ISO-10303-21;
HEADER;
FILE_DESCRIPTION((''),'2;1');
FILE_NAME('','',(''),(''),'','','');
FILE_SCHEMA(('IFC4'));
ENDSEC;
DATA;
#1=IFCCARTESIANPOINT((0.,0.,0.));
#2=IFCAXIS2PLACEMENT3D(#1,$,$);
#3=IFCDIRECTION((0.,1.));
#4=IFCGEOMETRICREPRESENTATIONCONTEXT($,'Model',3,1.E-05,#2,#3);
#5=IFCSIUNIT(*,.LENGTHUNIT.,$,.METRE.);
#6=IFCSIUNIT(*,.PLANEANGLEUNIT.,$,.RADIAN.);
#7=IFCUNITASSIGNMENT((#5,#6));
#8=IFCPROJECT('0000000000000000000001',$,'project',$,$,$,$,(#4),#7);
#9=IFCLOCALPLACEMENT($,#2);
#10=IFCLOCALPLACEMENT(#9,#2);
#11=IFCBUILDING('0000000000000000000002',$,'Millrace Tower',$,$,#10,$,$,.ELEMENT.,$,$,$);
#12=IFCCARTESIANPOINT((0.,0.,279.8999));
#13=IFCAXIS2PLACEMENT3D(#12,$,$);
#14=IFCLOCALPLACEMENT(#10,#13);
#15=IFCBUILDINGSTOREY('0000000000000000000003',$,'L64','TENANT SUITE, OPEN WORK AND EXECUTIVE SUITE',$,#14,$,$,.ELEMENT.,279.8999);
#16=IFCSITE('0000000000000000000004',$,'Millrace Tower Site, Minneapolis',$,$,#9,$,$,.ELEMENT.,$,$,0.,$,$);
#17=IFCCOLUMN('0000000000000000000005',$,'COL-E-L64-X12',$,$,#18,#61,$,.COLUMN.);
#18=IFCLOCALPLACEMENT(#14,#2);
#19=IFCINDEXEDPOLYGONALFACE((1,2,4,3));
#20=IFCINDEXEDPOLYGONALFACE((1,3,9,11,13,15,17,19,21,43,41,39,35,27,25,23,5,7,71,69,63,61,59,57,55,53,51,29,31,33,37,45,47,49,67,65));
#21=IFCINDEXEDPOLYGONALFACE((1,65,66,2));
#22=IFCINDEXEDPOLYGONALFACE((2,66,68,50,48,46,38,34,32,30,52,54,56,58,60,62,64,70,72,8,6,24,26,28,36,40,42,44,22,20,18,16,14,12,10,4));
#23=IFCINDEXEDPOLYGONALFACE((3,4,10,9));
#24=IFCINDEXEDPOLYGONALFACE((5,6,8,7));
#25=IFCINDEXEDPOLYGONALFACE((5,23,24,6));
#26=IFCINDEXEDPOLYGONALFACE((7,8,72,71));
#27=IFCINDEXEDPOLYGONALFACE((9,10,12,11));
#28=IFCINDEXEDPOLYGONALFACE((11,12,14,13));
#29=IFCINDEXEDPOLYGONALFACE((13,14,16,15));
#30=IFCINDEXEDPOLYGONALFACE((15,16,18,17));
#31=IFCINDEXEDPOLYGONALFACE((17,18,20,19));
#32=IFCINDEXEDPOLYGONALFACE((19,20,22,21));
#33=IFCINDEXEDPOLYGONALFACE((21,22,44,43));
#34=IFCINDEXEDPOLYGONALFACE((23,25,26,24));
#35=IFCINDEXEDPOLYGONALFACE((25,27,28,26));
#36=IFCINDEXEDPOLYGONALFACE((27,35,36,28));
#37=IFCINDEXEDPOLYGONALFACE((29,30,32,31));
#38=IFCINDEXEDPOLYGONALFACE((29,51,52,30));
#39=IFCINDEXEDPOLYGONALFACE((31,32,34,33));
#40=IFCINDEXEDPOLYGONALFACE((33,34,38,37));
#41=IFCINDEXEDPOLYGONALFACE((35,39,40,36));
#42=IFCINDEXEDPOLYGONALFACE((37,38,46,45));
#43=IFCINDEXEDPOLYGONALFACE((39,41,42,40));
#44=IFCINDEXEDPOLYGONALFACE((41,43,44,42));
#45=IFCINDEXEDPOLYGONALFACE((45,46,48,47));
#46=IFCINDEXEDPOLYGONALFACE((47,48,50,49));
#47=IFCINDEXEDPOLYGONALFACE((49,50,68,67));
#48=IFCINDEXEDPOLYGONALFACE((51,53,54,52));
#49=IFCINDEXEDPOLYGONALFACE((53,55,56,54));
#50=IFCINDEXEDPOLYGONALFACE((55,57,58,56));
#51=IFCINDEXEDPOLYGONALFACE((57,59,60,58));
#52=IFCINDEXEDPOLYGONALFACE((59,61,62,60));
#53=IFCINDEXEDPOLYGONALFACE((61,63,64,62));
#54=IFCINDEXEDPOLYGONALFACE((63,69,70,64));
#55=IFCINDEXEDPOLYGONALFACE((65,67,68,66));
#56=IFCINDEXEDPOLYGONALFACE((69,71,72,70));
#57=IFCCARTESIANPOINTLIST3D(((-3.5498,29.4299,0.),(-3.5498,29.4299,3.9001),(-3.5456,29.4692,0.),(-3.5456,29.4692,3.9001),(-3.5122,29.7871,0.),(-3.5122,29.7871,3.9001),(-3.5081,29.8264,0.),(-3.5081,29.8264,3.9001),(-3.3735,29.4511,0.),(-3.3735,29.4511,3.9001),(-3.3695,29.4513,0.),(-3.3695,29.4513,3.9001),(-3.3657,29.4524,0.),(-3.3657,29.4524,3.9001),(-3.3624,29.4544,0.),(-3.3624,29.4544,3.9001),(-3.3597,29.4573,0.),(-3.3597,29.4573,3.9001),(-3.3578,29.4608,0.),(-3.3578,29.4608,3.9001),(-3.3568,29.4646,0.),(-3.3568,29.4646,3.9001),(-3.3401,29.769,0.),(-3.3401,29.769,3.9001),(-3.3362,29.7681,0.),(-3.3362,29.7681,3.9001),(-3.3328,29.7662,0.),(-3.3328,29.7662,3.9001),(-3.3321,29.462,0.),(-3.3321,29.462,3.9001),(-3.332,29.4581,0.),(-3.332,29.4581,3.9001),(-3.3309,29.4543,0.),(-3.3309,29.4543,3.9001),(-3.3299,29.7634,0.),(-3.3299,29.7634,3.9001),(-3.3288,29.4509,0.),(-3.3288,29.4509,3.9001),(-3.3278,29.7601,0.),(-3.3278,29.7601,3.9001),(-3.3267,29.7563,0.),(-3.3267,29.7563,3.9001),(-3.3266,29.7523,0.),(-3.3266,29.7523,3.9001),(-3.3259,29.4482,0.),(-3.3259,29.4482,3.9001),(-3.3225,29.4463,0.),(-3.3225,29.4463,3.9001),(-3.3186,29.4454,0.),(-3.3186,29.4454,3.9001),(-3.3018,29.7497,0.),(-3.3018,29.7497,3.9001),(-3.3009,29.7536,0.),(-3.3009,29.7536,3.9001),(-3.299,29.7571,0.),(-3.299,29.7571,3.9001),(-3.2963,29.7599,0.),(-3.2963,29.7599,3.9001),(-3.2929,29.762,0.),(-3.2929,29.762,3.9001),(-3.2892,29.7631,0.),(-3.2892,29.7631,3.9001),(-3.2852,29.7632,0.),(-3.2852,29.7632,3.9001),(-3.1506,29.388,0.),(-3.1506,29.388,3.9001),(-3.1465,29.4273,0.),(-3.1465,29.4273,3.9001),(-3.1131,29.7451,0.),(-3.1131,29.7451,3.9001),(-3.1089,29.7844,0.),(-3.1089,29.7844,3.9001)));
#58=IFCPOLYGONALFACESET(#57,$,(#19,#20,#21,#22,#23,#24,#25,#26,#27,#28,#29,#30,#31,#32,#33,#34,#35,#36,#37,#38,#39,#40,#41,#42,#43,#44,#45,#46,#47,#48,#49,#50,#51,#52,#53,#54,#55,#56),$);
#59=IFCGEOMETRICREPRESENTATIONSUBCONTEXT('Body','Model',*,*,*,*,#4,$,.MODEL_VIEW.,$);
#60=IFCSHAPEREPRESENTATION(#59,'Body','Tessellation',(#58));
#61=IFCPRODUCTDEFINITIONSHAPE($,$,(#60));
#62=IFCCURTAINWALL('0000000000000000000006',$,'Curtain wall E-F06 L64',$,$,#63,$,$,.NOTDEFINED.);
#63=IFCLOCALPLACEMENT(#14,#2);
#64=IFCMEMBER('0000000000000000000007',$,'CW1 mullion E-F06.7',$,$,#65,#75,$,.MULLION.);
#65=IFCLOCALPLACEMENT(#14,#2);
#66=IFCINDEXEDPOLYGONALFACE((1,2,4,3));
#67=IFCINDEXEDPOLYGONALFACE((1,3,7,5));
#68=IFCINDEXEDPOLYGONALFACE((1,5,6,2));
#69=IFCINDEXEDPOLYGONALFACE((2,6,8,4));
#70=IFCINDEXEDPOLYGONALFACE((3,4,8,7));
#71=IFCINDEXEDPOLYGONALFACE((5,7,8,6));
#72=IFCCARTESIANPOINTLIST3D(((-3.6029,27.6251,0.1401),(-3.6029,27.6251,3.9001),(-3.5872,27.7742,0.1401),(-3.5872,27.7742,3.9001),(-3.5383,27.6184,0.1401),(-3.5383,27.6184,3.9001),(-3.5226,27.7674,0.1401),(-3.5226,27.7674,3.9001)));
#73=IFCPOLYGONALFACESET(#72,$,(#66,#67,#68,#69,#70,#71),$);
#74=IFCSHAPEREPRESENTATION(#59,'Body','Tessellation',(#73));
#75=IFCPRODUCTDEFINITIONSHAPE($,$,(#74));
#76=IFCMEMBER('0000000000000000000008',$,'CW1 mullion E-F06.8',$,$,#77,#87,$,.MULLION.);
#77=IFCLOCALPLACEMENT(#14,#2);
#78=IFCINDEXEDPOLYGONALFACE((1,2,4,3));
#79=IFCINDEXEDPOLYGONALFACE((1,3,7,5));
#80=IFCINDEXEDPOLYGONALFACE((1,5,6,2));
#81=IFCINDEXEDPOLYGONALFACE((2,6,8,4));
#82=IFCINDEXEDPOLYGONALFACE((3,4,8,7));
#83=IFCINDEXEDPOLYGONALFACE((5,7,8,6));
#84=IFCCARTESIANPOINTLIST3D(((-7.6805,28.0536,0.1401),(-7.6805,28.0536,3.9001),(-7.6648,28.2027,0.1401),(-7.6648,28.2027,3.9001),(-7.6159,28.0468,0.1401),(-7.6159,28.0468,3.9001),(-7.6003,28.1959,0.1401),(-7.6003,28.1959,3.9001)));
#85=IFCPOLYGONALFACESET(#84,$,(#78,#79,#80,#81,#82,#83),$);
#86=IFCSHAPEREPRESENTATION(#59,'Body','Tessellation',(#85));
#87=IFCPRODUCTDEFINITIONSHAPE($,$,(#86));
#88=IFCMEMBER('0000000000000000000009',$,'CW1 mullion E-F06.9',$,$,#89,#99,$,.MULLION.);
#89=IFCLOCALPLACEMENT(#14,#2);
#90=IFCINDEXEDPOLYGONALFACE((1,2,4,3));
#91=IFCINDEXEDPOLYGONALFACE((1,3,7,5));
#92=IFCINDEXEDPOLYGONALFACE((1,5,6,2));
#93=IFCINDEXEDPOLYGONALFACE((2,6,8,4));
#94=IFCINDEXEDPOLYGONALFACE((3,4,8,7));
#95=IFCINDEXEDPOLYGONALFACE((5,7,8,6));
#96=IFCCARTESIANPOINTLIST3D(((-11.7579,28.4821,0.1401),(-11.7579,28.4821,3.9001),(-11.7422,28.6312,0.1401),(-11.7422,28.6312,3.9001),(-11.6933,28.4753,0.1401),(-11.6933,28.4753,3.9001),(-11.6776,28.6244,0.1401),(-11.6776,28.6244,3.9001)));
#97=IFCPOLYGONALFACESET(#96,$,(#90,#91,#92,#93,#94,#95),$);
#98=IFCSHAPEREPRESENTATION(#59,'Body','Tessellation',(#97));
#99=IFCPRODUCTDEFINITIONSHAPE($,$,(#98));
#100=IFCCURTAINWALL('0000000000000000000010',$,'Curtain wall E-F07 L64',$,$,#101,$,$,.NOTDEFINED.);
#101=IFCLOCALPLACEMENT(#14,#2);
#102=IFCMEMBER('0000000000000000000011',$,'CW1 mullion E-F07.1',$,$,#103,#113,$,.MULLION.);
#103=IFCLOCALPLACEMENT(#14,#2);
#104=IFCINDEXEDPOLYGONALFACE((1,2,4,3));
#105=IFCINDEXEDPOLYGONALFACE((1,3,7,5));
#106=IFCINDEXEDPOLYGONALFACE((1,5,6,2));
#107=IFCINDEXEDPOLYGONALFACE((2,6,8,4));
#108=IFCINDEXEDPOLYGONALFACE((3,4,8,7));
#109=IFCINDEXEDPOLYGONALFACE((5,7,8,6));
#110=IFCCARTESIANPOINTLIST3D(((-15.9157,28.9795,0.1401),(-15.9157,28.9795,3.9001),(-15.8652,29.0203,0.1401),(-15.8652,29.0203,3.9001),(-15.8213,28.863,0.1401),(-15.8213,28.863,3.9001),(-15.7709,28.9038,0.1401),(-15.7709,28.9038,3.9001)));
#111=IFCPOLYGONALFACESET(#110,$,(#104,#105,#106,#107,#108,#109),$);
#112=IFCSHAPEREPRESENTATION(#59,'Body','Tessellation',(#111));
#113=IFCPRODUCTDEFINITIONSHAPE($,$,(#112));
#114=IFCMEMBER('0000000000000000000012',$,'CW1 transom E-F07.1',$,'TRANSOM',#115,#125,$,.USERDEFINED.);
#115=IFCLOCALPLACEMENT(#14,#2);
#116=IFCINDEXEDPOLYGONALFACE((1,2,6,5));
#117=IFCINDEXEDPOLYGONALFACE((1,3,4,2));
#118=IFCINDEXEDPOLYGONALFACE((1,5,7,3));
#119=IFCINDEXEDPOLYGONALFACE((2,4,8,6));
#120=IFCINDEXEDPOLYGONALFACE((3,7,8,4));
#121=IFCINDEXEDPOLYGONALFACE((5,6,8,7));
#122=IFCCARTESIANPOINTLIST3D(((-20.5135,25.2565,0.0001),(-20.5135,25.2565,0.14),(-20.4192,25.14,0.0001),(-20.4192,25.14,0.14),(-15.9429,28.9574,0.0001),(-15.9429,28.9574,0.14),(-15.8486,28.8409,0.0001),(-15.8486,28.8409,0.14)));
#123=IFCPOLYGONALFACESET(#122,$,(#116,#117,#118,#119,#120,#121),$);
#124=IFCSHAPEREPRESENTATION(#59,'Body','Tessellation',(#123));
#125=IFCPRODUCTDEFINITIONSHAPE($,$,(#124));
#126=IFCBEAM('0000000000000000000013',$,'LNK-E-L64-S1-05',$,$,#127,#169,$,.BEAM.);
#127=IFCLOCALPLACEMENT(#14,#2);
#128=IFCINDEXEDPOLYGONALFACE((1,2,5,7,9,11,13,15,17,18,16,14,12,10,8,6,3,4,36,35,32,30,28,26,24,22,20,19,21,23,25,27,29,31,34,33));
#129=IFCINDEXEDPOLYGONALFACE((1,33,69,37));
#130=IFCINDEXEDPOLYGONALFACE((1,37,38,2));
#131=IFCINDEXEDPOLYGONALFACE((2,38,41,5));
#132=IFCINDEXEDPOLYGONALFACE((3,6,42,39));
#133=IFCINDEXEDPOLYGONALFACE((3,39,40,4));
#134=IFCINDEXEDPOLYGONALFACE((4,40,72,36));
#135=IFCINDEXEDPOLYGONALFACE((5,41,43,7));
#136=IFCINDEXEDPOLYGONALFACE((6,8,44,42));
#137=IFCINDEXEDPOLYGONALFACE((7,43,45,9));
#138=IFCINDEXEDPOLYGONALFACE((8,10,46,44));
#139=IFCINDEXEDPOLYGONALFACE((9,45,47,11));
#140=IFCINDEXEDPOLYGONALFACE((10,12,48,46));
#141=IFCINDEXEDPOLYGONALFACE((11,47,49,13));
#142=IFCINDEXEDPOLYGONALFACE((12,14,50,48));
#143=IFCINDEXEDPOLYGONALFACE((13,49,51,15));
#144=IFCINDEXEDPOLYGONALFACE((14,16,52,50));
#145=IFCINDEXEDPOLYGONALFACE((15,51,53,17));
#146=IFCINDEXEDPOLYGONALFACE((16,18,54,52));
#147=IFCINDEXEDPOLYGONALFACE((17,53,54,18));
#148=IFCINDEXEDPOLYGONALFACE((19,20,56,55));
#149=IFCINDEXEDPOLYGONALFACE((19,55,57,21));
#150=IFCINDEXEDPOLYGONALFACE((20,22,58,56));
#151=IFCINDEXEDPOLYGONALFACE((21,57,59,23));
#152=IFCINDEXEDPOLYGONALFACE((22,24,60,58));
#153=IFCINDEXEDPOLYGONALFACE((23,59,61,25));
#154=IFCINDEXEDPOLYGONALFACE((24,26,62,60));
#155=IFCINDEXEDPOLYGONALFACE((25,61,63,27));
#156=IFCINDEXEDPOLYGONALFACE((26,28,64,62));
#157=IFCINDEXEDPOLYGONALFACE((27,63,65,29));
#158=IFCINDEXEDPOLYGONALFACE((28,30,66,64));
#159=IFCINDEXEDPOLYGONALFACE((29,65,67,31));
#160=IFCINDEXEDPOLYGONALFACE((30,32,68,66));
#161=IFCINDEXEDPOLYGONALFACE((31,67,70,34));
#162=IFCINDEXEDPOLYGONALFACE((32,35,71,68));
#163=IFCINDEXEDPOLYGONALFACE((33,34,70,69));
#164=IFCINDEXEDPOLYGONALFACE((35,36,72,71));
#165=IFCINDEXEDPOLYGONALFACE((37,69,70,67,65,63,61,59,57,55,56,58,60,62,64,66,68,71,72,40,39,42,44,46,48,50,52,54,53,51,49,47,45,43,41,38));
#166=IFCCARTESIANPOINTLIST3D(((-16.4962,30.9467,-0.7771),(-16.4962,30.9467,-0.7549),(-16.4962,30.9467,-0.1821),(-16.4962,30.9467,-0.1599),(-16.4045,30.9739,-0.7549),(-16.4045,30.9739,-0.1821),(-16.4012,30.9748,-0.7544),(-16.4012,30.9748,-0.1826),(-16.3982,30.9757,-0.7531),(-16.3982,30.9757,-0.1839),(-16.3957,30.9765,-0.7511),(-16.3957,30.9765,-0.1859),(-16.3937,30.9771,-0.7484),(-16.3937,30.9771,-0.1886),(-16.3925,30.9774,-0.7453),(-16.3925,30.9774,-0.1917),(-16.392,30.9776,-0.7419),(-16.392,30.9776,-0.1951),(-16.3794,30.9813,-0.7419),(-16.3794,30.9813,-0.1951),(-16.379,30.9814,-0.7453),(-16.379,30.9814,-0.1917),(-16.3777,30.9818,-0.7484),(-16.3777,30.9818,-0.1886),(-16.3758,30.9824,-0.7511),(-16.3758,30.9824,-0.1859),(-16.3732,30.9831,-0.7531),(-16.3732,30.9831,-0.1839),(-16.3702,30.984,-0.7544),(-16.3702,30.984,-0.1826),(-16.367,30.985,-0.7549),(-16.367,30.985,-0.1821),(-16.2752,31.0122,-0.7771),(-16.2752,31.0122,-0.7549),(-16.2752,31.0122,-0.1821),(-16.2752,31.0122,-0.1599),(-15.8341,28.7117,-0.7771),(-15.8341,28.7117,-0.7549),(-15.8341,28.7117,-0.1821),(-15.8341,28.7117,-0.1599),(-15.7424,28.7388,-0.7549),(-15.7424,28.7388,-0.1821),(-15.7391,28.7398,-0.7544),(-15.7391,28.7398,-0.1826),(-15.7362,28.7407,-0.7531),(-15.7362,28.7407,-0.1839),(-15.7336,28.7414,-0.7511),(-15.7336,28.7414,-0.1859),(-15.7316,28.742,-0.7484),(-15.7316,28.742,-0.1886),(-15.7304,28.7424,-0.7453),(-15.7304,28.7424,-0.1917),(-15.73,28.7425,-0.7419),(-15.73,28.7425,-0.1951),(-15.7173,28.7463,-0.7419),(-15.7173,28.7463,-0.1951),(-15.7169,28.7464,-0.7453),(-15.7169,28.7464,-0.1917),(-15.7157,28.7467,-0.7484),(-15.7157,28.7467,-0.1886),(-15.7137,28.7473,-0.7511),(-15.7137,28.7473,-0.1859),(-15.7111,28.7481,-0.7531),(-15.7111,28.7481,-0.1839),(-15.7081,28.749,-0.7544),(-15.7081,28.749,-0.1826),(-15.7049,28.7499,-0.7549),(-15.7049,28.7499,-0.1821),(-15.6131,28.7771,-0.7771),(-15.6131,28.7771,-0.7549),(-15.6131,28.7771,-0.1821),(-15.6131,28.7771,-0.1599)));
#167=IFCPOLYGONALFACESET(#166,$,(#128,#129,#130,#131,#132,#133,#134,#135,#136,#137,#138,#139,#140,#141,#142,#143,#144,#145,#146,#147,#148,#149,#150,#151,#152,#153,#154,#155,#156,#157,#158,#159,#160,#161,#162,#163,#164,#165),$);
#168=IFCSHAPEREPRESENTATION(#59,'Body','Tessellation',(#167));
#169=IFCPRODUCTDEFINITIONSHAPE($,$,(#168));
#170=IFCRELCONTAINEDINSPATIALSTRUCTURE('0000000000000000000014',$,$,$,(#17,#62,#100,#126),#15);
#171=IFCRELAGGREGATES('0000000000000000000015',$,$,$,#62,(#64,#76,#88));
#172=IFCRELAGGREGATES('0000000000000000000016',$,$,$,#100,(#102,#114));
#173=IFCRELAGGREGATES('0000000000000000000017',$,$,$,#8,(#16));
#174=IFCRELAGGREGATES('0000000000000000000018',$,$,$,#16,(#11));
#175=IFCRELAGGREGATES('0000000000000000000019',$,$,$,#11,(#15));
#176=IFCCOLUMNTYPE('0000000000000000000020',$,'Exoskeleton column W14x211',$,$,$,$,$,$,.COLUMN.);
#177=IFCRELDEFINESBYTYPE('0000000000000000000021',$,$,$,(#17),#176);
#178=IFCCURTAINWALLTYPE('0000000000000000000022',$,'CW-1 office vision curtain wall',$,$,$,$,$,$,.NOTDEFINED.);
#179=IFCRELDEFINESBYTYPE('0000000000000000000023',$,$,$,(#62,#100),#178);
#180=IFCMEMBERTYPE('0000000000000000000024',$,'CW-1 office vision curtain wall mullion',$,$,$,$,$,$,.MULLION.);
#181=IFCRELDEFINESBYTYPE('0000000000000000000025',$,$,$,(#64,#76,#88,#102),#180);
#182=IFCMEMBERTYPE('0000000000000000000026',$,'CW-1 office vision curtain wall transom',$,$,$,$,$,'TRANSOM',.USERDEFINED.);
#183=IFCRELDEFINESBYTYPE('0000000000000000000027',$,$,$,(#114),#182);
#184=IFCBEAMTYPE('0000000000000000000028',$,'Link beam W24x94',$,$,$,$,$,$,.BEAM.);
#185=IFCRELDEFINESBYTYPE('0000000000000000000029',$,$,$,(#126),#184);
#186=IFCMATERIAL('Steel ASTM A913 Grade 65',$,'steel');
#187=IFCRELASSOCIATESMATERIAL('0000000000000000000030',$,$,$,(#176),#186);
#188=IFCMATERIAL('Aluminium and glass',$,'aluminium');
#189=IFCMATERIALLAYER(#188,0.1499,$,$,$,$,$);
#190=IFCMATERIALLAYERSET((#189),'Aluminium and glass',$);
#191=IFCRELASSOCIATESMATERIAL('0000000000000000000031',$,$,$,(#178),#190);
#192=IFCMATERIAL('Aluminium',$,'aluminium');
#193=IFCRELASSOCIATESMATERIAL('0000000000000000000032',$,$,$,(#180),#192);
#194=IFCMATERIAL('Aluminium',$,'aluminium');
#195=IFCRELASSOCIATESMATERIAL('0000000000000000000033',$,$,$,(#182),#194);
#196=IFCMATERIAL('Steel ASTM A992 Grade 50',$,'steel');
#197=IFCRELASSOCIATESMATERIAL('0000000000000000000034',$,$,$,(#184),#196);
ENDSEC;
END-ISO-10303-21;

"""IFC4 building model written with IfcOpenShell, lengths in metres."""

from ifc_helpers import new_model, si_unit, direction, frame, origin, origin_2d, place, context, subcontext, project, spatial, rectangle, i_section, extrude, material, layer, layer_set, material_profile, profile_set, type_object, element, aggregate, save


model = new_model("IFC4")

# Units and contexts
model_context = context("Model", 3, precision=1e-05, world=origin(), true_north=direction((0.0, 1.0)))
body_context = subcontext(model_context, "Body", "Model", "MODEL_VIEW")
ifc_project = project(units=[si_unit("LENGTHUNIT", "METRE"), si_unit("PLANEANGLEUNIT", "RADIAN")], contexts=[model_context])

# Site, building, storey
site_placement = place(None, origin())
site = spatial("IfcSite", under=ifc_project, at=site_placement, Name="Millrace Tower Site, Minneapolis", CompositionType="ELEMENT", RefElevation=0.0)
building_placement = place(site_placement, origin())
building = spatial("IfcBuilding", under=site, at=building_placement, Name="Millrace Tower", CompositionType="ELEMENT")
storey_placement = place(building_placement, frame((0.0, 0.0, 279.8999)))
storey = spatial("IfcBuildingStorey", under=building, at=storey_placement, Name="L64", Description="TENANT SUITE, OPEN WORK AND EXECUTIVE SUITE", CompositionType="ELEMENT", Elevation=279.8999)

# Column
ifc_material_1 = material(Name="Steel ASTM A913 Grade 65", Category="steel")
ifc_material_profile_1 = material_profile(ifc_material_1, i_section(OverallWidth=0.4014, OverallDepth=0.3987, WebThickness=0.0249, FlangeThickness=0.0396, FilletRadius=0.0151, at=origin_2d()))
ifc_profile_set_1 = profile_set([ifc_material_profile_1], Name="Steel ASTM A913 Grade 65")
column_type = type_object("IfcColumnType", Name="Exoskeleton column W14x211", PredefinedType="COLUMN", material=ifc_profile_set_1)
column_placement = place(storey_placement, frame((-3.3293, 29.6072, 0.0), z_axis=(0.0, 0.0, 1.0), x_axis=(-0.994522, 0.104528, 0.0)))
element("IfcColumn", 1, at=column_placement, inside=storey, type_object=column_type, Name="COL-E-L64-X12", PredefinedType="COLUMN", context=body_context, shape_type="SweptSolid", body=[
    extrude(i_section(OverallWidth=0.4014, OverallDepth=0.3987, WebThickness=0.0249, FlangeThickness=0.0396, FilletRadius=0.0151, at=origin_2d()), origin(), (0.0, 0.0, 1.0), 3.9001),
])

# Curtain walls, members
ifc_material_2 = material(Name="Aluminium and glass", Category="aluminium")
ifc_layer_1 = layer(ifc_material_2, 0.1499)
ifc_layer_set_1 = layer_set([ifc_layer_1], Name="Aluminium and glass")
curtain_wall_type = type_object("IfcCurtainWallType", Name="CW-1 office vision curtain wall", PredefinedType="NOTDEFINED", material=ifc_layer_set_1)
placement = place(storey_placement, origin())
curtain_wall_1 = element("IfcCurtainWall", 2, at=placement, inside=storey, type_object=curtain_wall_type, Name="Curtain wall E-F06 L64", PredefinedType="NOTDEFINED")
ifc_material_3 = material(Name="Aluminium", Category="aluminium")
ifc_material_profile_2 = material_profile(ifc_material_3, rectangle(XDim=0.0649, YDim=0.1499, at=origin_2d()))
ifc_profile_set_2 = profile_set([ifc_material_profile_2], Name="Aluminium")
member_type_1 = type_object("IfcMemberType", Name="CW-1 office vision curtain wall mullion", PredefinedType="MULLION", material=ifc_profile_set_2)
member_1_placement = place(storey_placement, frame((-3.5627, 27.6963, 0.1401), z_axis=(0.0, 0.0, 1.0), x_axis=(-0.994522, 0.104528, 0.0)))
member_1 = element("IfcMember", 3, at=member_1_placement, type_object=member_type_1, Name="CW1 mullion E-F06.7", PredefinedType="MULLION", context=body_context, shape_type="SweptSolid", body=[
    extrude(rectangle(XDim=0.0649, YDim=0.1499, at=origin_2d()), origin(), (0.0, 0.0, 1.0), 3.76),
])
member_2_placement = place(storey_placement, frame((-7.6404, 28.1248, 0.1401), z_axis=(0.0, 0.0, 1.0), x_axis=(-0.994522, 0.104528, 0.0)))
member_2 = element("IfcMember", 4, at=member_2_placement, type_object=member_type_1, Name="CW1 mullion E-F06.8", PredefinedType="MULLION", context=body_context, shape_type="SweptSolid", body=[
    extrude(rectangle(XDim=0.0649, YDim=0.1499, at=origin_2d()), origin(), (0.0, 0.0, 1.0), 3.76),
])
member_3_placement = place(storey_placement, frame((-11.7178, 28.5532, 0.1401), z_axis=(0.0, 0.0, 1.0), x_axis=(-0.994522, 0.104528, 0.0)))
member_3 = element("IfcMember", 5, at=member_3_placement, type_object=member_type_1, Name="CW1 mullion E-F06.9", PredefinedType="MULLION", context=body_context, shape_type="SweptSolid", body=[
    extrude(rectangle(XDim=0.0649, YDim=0.1499, at=origin_2d()), origin(), (0.0, 0.0, 1.0), 3.76),
])
aggregate(curtain_wall_1, [member_1, member_2, member_3])
curtain_wall_2 = element("IfcCurtainWall", 6, at=placement, inside=storey, type_object=curtain_wall_type, Name="Curtain wall E-F07 L64", PredefinedType="NOTDEFINED")
member_4_placement = place(storey_placement, frame((-15.8433, 28.9417, 0.1401), z_axis=(0.0, 0.0, 1.0), x_axis=(-0.777146, -0.62932, 0.0)))
member_4 = element("IfcMember", 7, at=member_4_placement, type_object=member_type_1, Name="CW1 mullion E-F07.1", PredefinedType="MULLION", context=body_context, shape_type="SweptSolid", body=[
    extrude(rectangle(XDim=0.0649, YDim=0.1499, at=origin_2d()), origin(), (0.0, 0.0, 1.0), 3.76),
])
ifc_material_4 = material(Name="Aluminium", Category="aluminium")
ifc_material_profile_3 = material_profile(ifc_material_4, rectangle(XDim=0.1499, YDim=0.1399, at=origin_2d()))
ifc_profile_set_3 = profile_set([ifc_material_profile_3], Name="Aluminium")
member_type_2 = type_object("IfcMemberType", Name="CW-1 office vision curtain wall transom", ElementType="TRANSOM", PredefinedType="USERDEFINED", material=ifc_profile_set_3)
member_5_placement = place(storey_placement, frame((-15.8958, 28.8992, 0.0701), z_axis=(-0.777166, -0.629296, 0.0), x_axis=(0.629296, -0.777166, 0.0)))
member_5 = element("IfcMember", 8, at=member_5_placement, type_object=member_type_2, Name="CW1 transom E-F07.1", ObjectType="TRANSOM", PredefinedType="USERDEFINED", context=body_context, shape_type="SweptSolid", body=[
    extrude(rectangle(XDim=0.1499, YDim=0.1399, at=origin_2d()), origin(), (0.0, 0.0, 1.0), 5.8811),
])
aggregate(curtain_wall_2, [member_4, member_5])

# Beam
ifc_material_5 = material(Name="Steel ASTM A992 Grade 50", Category="steel")
ifc_material_profile_4 = material_profile(ifc_material_5, i_section(OverallWidth=0.2305, OverallDepth=0.6172, WebThickness=0.0132, FlangeThickness=0.0222, FilletRadius=0.0129, at=origin_2d()))
ifc_profile_set_4 = profile_set([ifc_material_profile_4], Name="Steel ASTM A992 Grade 50")
beam_type_1 = type_object("IfcBeamType", Name="Link beam W24x94", PredefinedType="BEAM", material=ifc_profile_set_4)
beam_1_placement = place(storey_placement, frame((-15.7236, 28.7444, -0.4685), z_axis=(-0.284031, 0.958815, 0.0), x_axis=(-0.958815, -0.284031, 0.0)))
element("IfcBeam", 9, at=beam_1_placement, inside=storey, type_object=beam_type_1, Name="LNK-E-L64-S1-05", PredefinedType="BEAM", context=body_context, shape_type="SweptSolid", body=[
    extrude(i_section(OverallWidth=0.2305, OverallDepth=0.6172, WebThickness=0.0132, FlangeThickness=0.0222, FilletRadius=0.0129, at=origin_2d()), origin(), (0.0, 0.0, 1.0), 2.3311),
])

save(model, "model.ifc")
